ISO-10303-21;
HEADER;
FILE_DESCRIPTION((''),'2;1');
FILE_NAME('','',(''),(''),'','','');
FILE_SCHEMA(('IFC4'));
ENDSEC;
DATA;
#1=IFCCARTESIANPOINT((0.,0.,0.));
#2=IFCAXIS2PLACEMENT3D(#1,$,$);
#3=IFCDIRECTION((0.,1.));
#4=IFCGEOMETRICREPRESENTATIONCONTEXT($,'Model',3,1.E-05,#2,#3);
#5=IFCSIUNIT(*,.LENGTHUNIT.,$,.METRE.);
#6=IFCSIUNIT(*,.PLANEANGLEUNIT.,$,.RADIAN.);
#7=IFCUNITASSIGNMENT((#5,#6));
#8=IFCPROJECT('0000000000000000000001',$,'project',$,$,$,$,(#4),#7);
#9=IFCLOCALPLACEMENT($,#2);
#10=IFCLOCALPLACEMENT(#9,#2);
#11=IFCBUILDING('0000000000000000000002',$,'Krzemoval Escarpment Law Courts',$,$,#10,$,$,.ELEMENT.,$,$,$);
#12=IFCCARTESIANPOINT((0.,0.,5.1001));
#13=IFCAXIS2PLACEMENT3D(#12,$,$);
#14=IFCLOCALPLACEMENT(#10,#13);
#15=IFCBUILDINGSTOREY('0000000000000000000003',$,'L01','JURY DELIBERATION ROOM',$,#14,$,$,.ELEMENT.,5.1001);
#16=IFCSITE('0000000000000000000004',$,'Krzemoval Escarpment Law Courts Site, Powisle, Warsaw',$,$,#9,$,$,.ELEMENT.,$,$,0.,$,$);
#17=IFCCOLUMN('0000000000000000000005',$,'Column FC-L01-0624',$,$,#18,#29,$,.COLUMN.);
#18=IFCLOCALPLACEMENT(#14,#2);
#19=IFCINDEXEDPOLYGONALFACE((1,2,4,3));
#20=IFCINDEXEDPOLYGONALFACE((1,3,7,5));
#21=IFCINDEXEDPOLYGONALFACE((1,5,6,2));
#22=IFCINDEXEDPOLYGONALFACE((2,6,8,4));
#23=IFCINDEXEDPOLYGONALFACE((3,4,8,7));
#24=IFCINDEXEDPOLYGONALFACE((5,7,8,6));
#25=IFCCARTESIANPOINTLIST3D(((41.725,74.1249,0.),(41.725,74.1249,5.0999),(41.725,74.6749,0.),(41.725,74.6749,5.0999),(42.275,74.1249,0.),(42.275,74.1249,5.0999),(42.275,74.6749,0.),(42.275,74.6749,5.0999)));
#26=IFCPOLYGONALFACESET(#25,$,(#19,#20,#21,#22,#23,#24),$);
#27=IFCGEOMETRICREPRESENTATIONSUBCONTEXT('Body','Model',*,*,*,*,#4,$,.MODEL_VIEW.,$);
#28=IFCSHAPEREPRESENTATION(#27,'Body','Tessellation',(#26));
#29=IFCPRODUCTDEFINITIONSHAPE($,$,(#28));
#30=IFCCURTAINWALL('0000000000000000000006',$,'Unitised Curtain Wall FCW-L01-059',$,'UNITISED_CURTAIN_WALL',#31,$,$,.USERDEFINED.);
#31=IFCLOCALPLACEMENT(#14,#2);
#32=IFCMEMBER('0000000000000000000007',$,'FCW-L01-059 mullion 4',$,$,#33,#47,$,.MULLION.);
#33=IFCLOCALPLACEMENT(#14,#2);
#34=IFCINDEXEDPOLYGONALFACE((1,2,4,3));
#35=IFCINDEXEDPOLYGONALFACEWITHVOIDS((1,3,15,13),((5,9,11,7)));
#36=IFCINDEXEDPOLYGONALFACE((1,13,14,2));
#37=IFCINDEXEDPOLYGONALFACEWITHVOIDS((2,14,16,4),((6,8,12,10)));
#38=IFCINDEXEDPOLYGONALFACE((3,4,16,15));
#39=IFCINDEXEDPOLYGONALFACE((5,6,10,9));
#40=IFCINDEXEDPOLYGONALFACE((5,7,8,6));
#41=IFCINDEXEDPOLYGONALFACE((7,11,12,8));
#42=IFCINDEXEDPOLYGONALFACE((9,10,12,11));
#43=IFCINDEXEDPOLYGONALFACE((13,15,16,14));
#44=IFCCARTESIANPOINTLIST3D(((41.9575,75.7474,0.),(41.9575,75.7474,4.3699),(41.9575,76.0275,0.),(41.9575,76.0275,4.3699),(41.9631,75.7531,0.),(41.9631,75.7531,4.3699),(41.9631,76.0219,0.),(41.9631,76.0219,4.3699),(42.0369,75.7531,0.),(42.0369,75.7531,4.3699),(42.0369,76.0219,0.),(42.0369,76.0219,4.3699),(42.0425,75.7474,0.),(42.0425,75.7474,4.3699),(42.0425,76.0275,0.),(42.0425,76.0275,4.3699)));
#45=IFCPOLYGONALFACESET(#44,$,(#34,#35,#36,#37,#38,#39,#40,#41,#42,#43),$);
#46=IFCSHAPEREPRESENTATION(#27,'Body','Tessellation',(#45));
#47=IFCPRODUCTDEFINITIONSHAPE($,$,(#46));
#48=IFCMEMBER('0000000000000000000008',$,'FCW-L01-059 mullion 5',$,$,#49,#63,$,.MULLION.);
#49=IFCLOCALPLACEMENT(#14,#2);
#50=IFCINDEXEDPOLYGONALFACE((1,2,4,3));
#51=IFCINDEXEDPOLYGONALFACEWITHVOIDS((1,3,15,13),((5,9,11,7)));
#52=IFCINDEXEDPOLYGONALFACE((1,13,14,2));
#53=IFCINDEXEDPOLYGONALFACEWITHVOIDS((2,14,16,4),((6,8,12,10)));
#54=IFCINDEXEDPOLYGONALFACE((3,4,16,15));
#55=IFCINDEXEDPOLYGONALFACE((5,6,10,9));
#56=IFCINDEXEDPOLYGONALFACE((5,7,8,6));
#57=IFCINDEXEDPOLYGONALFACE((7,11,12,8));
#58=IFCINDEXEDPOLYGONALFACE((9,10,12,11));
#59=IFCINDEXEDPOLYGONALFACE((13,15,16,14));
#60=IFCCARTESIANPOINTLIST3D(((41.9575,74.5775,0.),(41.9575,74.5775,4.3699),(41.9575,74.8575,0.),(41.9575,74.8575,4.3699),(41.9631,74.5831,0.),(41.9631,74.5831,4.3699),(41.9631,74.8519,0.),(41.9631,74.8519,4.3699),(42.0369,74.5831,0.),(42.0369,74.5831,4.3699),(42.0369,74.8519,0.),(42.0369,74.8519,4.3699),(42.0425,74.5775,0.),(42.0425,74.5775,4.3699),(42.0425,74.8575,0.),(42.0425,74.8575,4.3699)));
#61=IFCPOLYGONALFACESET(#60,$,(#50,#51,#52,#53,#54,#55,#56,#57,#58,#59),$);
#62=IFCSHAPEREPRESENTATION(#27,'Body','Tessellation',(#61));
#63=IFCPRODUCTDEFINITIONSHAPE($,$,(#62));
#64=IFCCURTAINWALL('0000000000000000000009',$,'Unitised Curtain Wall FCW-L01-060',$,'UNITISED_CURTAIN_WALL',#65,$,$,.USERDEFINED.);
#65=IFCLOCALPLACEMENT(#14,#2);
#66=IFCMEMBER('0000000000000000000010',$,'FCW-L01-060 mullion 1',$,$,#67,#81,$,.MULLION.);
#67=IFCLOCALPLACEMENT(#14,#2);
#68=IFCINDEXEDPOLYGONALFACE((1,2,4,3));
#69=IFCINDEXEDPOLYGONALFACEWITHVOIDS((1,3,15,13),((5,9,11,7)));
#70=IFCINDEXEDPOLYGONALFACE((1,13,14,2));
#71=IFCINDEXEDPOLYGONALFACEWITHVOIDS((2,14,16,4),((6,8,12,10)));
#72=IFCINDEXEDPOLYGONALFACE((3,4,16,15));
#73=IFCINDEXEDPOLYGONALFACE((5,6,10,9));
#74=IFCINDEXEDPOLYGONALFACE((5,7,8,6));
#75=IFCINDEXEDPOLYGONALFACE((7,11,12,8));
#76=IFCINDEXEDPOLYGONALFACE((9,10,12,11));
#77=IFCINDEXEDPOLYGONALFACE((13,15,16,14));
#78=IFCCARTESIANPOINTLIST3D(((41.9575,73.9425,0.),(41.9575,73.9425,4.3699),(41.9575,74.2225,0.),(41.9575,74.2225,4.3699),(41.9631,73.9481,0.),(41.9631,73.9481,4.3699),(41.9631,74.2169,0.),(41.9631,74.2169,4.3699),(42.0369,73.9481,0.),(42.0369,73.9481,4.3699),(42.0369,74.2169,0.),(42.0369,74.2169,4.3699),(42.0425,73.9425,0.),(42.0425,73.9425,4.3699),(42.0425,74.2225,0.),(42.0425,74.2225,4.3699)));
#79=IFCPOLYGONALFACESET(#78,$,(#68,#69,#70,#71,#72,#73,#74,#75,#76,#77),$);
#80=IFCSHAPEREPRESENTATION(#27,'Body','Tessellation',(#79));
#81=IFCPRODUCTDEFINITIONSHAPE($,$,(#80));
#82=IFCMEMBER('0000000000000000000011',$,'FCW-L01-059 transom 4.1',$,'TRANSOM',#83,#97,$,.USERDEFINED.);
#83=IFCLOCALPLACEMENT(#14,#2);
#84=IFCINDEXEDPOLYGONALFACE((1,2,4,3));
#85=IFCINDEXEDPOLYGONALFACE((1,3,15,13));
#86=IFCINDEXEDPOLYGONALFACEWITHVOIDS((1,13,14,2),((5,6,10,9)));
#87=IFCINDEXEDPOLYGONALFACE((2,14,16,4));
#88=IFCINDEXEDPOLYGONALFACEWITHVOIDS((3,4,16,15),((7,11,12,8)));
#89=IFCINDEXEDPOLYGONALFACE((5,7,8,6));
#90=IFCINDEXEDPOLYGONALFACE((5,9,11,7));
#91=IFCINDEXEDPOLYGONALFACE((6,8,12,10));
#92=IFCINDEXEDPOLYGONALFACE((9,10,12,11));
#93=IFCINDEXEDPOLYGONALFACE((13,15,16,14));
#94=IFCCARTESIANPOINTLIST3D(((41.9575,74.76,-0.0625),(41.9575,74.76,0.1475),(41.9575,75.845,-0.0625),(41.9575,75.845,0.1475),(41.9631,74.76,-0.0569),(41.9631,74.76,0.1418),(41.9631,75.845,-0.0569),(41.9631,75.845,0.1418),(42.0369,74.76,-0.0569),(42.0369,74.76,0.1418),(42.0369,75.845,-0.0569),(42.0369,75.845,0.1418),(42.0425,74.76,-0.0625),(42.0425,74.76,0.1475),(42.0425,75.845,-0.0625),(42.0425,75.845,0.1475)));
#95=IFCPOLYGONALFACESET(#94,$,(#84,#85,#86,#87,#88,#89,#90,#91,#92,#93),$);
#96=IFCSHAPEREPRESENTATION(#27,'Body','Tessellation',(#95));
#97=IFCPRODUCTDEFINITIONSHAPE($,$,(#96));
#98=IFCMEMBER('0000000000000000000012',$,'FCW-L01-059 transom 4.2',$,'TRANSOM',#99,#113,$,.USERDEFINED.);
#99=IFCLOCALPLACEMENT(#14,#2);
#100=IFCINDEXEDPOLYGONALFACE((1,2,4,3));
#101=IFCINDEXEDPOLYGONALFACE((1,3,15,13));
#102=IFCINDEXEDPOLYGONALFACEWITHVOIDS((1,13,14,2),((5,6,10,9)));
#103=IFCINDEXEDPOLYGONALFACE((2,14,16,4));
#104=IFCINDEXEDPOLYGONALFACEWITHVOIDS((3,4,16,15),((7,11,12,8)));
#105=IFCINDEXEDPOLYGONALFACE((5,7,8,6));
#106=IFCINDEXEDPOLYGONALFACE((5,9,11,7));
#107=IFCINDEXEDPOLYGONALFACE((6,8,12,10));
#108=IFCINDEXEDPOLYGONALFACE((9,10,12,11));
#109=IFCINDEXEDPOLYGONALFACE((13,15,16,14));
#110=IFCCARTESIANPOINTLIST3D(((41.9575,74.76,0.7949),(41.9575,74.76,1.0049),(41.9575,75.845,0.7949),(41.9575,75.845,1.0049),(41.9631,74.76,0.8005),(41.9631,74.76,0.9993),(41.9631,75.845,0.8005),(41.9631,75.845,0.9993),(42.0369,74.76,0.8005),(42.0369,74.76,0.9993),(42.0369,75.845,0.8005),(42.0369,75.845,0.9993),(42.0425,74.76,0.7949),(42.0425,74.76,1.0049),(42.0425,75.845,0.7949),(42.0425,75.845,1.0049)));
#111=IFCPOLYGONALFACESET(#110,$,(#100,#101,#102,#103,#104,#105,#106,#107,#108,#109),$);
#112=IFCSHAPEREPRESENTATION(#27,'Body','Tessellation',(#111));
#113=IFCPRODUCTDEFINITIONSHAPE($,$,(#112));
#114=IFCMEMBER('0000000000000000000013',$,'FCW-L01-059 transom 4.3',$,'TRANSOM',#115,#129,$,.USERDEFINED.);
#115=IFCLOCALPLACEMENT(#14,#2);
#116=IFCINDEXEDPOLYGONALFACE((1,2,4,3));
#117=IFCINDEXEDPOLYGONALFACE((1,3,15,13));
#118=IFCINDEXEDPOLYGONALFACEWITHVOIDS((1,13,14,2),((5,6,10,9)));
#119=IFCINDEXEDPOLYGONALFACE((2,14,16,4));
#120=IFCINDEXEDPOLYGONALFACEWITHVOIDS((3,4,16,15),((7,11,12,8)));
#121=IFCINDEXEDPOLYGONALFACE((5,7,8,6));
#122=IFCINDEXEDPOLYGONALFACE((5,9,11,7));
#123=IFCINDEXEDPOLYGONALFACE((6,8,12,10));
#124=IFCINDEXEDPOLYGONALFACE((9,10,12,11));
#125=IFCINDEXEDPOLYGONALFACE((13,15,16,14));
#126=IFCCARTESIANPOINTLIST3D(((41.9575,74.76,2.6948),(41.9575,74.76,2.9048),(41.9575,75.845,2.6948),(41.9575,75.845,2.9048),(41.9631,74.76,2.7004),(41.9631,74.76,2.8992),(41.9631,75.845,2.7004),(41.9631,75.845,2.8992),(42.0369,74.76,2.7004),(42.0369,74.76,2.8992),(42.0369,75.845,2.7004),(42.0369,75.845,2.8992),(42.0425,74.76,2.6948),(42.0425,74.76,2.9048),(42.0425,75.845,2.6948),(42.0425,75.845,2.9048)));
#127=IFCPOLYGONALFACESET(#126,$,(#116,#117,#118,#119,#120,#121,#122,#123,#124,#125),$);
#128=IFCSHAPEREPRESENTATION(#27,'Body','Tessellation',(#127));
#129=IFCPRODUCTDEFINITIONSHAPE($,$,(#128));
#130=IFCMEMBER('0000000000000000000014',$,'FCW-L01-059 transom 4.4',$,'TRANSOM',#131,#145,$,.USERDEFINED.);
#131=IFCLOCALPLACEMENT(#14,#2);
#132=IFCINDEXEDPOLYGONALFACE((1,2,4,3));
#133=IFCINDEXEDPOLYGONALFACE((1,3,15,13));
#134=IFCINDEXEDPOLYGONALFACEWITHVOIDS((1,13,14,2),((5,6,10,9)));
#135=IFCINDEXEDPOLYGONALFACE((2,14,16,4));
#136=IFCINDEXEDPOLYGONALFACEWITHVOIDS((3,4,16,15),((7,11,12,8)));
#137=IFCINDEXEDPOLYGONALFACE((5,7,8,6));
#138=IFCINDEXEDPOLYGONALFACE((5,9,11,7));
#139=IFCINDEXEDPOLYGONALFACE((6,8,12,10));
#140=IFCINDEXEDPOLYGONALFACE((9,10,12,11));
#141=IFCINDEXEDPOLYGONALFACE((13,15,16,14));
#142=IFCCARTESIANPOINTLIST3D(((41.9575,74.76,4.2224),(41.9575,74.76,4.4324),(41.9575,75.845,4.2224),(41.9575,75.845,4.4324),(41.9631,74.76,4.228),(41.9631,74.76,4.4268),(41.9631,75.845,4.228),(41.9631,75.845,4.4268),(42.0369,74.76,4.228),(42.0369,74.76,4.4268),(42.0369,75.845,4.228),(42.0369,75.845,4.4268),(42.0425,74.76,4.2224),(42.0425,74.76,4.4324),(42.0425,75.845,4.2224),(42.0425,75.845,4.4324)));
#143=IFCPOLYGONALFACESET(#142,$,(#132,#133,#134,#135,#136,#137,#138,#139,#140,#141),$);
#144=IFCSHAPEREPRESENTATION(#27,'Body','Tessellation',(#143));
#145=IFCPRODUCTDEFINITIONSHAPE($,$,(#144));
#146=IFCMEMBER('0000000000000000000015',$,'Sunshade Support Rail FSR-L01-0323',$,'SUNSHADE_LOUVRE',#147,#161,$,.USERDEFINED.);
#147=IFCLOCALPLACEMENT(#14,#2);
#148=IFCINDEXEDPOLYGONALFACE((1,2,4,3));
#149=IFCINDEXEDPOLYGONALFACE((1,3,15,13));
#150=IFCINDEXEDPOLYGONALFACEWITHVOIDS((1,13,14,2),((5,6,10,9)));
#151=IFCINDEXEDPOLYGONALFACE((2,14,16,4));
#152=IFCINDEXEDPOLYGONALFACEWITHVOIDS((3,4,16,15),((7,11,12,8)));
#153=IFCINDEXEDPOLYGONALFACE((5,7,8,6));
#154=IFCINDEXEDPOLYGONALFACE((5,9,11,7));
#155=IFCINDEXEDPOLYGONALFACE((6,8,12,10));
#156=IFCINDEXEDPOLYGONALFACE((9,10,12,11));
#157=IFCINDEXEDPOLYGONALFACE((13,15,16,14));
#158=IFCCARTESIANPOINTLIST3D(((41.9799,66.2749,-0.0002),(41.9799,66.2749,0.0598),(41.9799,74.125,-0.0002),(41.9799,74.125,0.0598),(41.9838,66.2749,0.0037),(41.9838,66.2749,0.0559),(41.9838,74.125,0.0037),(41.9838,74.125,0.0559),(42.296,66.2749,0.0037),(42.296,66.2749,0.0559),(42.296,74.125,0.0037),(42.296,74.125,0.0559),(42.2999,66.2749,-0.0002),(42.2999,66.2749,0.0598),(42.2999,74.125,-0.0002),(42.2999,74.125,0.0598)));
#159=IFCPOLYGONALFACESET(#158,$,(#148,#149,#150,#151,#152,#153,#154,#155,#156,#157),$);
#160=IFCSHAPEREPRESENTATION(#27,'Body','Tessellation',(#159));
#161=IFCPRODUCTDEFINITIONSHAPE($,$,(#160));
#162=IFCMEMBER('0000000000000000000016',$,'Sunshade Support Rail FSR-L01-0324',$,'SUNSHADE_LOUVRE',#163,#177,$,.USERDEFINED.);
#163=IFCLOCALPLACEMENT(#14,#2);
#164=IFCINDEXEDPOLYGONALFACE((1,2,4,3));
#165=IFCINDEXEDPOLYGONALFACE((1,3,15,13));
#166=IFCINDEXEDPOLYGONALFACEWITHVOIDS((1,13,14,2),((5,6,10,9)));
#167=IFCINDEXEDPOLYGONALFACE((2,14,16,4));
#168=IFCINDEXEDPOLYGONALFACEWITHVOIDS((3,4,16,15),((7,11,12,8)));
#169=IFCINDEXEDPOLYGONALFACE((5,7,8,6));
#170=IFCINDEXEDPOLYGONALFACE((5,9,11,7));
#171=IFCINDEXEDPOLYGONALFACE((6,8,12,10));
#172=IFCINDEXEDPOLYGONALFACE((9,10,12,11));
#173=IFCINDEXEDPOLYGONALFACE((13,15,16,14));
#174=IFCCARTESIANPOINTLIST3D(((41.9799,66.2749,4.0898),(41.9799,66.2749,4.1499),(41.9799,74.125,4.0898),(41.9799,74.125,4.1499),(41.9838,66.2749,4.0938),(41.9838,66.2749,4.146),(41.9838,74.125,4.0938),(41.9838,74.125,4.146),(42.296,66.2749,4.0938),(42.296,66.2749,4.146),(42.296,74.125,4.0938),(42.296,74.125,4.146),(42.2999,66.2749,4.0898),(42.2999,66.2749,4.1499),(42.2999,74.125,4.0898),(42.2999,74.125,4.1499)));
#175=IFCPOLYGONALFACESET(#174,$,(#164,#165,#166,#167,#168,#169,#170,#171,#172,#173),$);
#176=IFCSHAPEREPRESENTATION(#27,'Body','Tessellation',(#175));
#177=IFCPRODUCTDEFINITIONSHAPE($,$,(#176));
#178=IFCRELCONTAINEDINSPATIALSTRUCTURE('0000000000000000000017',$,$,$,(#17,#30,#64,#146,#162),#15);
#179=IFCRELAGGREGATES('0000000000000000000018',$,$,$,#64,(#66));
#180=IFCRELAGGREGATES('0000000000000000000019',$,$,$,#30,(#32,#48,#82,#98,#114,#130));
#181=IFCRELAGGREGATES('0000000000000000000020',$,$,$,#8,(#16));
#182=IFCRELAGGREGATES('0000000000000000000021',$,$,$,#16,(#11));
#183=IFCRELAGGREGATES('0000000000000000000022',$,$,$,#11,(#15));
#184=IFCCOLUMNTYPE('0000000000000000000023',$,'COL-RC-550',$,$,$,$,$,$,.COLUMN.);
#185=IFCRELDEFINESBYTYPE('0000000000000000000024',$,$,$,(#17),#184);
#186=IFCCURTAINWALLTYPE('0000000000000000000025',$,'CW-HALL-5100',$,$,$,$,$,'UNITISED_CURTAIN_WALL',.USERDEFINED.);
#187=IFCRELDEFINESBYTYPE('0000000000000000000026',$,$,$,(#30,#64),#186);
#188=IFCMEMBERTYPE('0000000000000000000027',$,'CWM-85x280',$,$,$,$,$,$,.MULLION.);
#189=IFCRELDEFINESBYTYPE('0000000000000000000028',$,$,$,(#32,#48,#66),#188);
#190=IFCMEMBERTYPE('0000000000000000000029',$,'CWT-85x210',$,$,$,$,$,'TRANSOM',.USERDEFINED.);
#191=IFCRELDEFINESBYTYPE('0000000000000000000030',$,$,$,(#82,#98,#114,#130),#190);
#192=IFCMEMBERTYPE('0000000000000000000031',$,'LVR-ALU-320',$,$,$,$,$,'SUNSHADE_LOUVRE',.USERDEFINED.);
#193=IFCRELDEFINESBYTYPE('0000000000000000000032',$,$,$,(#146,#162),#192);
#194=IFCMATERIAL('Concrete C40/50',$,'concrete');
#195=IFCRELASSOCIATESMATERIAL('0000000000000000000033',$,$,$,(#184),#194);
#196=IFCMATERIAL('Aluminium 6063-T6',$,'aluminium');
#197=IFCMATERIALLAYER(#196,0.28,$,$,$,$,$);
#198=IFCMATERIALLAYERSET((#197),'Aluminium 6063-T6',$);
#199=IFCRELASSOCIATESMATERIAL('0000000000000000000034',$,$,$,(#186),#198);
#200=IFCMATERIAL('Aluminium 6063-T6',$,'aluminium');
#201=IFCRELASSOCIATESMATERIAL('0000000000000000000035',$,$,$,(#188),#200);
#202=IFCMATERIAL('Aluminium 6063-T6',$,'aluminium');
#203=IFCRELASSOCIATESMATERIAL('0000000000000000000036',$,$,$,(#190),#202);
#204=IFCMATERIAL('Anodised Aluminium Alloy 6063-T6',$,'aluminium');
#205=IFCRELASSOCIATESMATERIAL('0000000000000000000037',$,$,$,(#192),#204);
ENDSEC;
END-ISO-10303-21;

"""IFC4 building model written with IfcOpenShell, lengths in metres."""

from ifc_helpers import new_model, si_unit, direction, frame, origin, origin_2d, place, context, subcontext, project, spatial, rectangle, hollow_rectangle, extrude, material, layer, layer_set, material_profile, profile_set, type_object, element, aggregate, save


model = new_model("IFC4")

# Units and contexts
model_context = context("Model", 3, precision=1e-05, world=origin(), true_north=direction((0.0, 1.0)))
body_context = subcontext(model_context, "Body", "Model", "MODEL_VIEW")
ifc_project = project(units=[si_unit("LENGTHUNIT", "METRE"), si_unit("PLANEANGLEUNIT", "RADIAN")], contexts=[model_context])

# Site, building, storey
site_placement = place(None, origin())
site = spatial("IfcSite", under=ifc_project, at=site_placement, Name="Krzemoval Escarpment Law Courts Site, Powisle, Warsaw", CompositionType="ELEMENT", RefElevation=0.0)
building_placement = place(site_placement, origin())
building = spatial("IfcBuilding", under=site, at=building_placement, Name="Krzemoval Escarpment Law Courts", CompositionType="ELEMENT")
storey_placement = place(building_placement, frame((0.0, 0.0, 5.1001)))
storey = spatial("IfcBuildingStorey", under=building, at=storey_placement, Name="L01", Description="JURY DELIBERATION ROOM", CompositionType="ELEMENT", Elevation=5.1001)

# Column
ifc_material_1 = material(Name="Concrete C40/50", Category="concrete")
ifc_material_profile_1 = material_profile(ifc_material_1, rectangle(XDim=0.55, YDim=0.55, at=origin_2d()), Name="RC 550x550")
ifc_profile_set_1 = profile_set([ifc_material_profile_1], Name="Concrete C40/50")
column_type = type_object("IfcColumnType", Name="COL-RC-550", PredefinedType="COLUMN", material=ifc_profile_set_1)
column_placement = place(storey_placement, frame((42.0, 74.3999, 0.0), z_axis=(0.0, 0.0, 1.0), x_axis=(1.0, 0.0, 0.0)))
element("IfcColumn", 1, at=column_placement, inside=storey, type_object=column_type, Name="Column FC-L01-0624", PredefinedType="COLUMN", context=body_context, shape_type="SweptSolid", body=[
    extrude(rectangle(XDim=0.55, YDim=0.55, at=origin_2d()), origin(), (0.0, 0.0, 1.0), 5.0999),
])

# Curtain wall, members
ifc_material_2 = material(Name="Aluminium 6063-T6", Category="aluminium")
ifc_layer_1 = layer(ifc_material_2, 0.28)
ifc_layer_set_1 = layer_set([ifc_layer_1], Name="Aluminium 6063-T6")
curtain_wall_type = type_object("IfcCurtainWallType", Name="CW-HALL-5100", ElementType="UNITISED_CURTAIN_WALL", PredefinedType="USERDEFINED", material=ifc_layer_set_1)
curtain_wall_1_placement = place(storey_placement, origin())
curtain_wall_1 = element("IfcCurtainWall", 2, at=curtain_wall_1_placement, inside=storey, type_object=curtain_wall_type, Name="Unitised Curtain Wall FCW-L01-059", ObjectType="UNITISED_CURTAIN_WALL", PredefinedType="USERDEFINED")
ifc_material_3 = material(Name="Aluminium 6063-T6", Category="aluminium")
ifc_material_profile_2 = material_profile(ifc_material_3, hollow_rectangle(XDim=0.085, YDim=0.28, WallThickness=0.0056, at=origin_2d()), Name="ALU M85x280")
ifc_profile_set_2 = profile_set([ifc_material_profile_2], Name="Aluminium 6063-T6")
member_type_1 = type_object("IfcMemberType", Name="CWM-85x280", PredefinedType="MULLION", material=ifc_profile_set_2)
member_1_placement = place(storey_placement, frame((42.0, 75.8875, 0.0), z_axis=(0.0, 0.0, 1.0), x_axis=(1.0, 0.0, 0.0)))
member_1 = element("IfcMember", 3, at=member_1_placement, type_object=member_type_1, Name="FCW-L01-059 mullion 4", PredefinedType="MULLION", context=body_context, shape_type="SweptSolid", body=[
    extrude(hollow_rectangle(XDim=0.085, YDim=0.28, WallThickness=0.0056, at=origin_2d()), origin(), (0.0, 0.0, 1.0), 4.3699),
])
member_2_placement = place(storey_placement, frame((42.0, 74.7175, 0.0), z_axis=(0.0, 0.0, 1.0), x_axis=(1.0, 0.0, 0.0)))
member_2 = element("IfcMember", 4, at=member_2_placement, type_object=member_type_1, Name="FCW-L01-059 mullion 5", PredefinedType="MULLION", context=body_context, shape_type="SweptSolid", body=[
    extrude(hollow_rectangle(XDim=0.085, YDim=0.28, WallThickness=0.0056, at=origin_2d()), origin(), (0.0, 0.0, 1.0), 4.3699),
])

# Curtain wall, member
curtain_wall_2_placement = place(storey_placement, origin())
curtain_wall_2 = element("IfcCurtainWall", 5, at=curtain_wall_2_placement, inside=storey, type_object=curtain_wall_type, Name="Unitised Curtain Wall FCW-L01-060", ObjectType="UNITISED_CURTAIN_WALL", PredefinedType="USERDEFINED")
member_3_placement = place(storey_placement, frame((42.0, 74.0825, 0.0), z_axis=(0.0, 0.0, 1.0), x_axis=(1.0, 0.0, 0.0)))
member_3 = element("IfcMember", 6, at=member_3_placement, type_object=member_type_1, Name="FCW-L01-060 mullion 1", PredefinedType="MULLION", context=body_context, shape_type="SweptSolid", body=[
    extrude(hollow_rectangle(XDim=0.085, YDim=0.28, WallThickness=0.0056, at=origin_2d()), origin(), (0.0, 0.0, 1.0), 4.3699),
])
aggregate(curtain_wall_2, [member_3])

# Members
ifc_material_4 = material(Name="Aluminium 6063-T6", Category="aluminium")
ifc_material_profile_3 = material_profile(ifc_material_4, hollow_rectangle(XDim=0.085, YDim=0.21, WallThickness=0.0056, at=origin_2d()), Name="ALU T85x210")
ifc_profile_set_3 = profile_set([ifc_material_profile_3], Name="Aluminium 6063-T6")
member_type_2 = type_object("IfcMemberType", Name="CWT-85x210", ElementType="TRANSOM", PredefinedType="USERDEFINED", material=ifc_profile_set_3)
member_4_placement = place(storey_placement, frame((42.0, 75.845, 0.0425), z_axis=(0.0, -1.0, 0.0), x_axis=(1.0, 0.0, 0.0)))
member_4 = element("IfcMember", 7, at=member_4_placement, type_object=member_type_2, Name="FCW-L01-059 transom 4.1", ObjectType="TRANSOM", PredefinedType="USERDEFINED", context=body_context, shape_type="SweptSolid", body=[
    extrude(hollow_rectangle(XDim=0.085, YDim=0.21, WallThickness=0.0056, at=origin_2d()), origin(), (0.0, 0.0, 1.0), 1.085),
])
member_5_placement = place(storey_placement, frame((42.0, 75.845, 0.8999), z_axis=(0.0, -1.0, 0.0), x_axis=(1.0, 0.0, 0.0)))
member_5 = element("IfcMember", 8, at=member_5_placement, type_object=member_type_2, Name="FCW-L01-059 transom 4.2", ObjectType="TRANSOM", PredefinedType="USERDEFINED", context=body_context, shape_type="SweptSolid", body=[
    extrude(hollow_rectangle(XDim=0.085, YDim=0.21, WallThickness=0.0056, at=origin_2d()), origin(), (0.0, 0.0, 1.0), 1.085),
])
member_6_placement = place(storey_placement, frame((42.0, 75.845, 2.7998), z_axis=(0.0, -1.0, 0.0), x_axis=(1.0, 0.0, 0.0)))
member_6 = element("IfcMember", 9, at=member_6_placement, type_object=member_type_2, Name="FCW-L01-059 transom 4.3", ObjectType="TRANSOM", PredefinedType="USERDEFINED", context=body_context, shape_type="SweptSolid", body=[
    extrude(hollow_rectangle(XDim=0.085, YDim=0.21, WallThickness=0.0056, at=origin_2d()), origin(), (0.0, 0.0, 1.0), 1.085),
])
member_7_placement = place(storey_placement, frame((42.0, 75.845, 4.3274), z_axis=(0.0, -1.0, 0.0), x_axis=(1.0, 0.0, 0.0)))
member_7 = element("IfcMember", 10, at=member_7_placement, type_object=member_type_2, Name="FCW-L01-059 transom 4.4", ObjectType="TRANSOM", PredefinedType="USERDEFINED", context=body_context, shape_type="SweptSolid", body=[
    extrude(hollow_rectangle(XDim=0.085, YDim=0.21, WallThickness=0.0056, at=origin_2d()), origin(), (0.0, 0.0, 1.0), 1.085),
])

# Members
ifc_material_5 = material(Name="Anodised Aluminium Alloy 6063-T6", Category="aluminium")
ifc_material_profile_4 = material_profile(ifc_material_5, hollow_rectangle(XDim=0.0601, YDim=0.3201, WallThickness=0.0039, at=origin_2d()), Name="ALU LVR 60x320")
ifc_profile_set_4 = profile_set([ifc_material_profile_4], Name="Anodised Aluminium Alloy 6063-T6")
member_type_3 = type_object("IfcMemberType", Name="LVR-ALU-320", ElementType="SUNSHADE_LOUVRE", PredefinedType="USERDEFINED", material=ifc_profile_set_4)
for number, where, z_axis, x_axis, name in (
    (11, (42.1399, 74.125, 0.0298), (0.0, -1.0, 0.0), (0.0, 0.0, 1.0), "Sunshade Support Rail FSR-L01-0323"),
    (12, (42.1399, 74.125, 4.1199), (0.0, -1.0, 0.0), (0.0, 0.0, 1.0), "Sunshade Support Rail FSR-L01-0324"),
):
    element("IfcMember", number, at=place(storey_placement, frame(where, z_axis=z_axis, x_axis=x_axis)), inside=storey, type_object=member_type_3, Name=name, ObjectType="SUNSHADE_LOUVRE", PredefinedType="USERDEFINED", context=body_context, shape_type="SweptSolid", body=[
        extrude(hollow_rectangle(XDim=0.0601, YDim=0.3201, WallThickness=0.0039, at=origin_2d()), origin(), (0.0, 0.0, 1.0), 7.8501),
    ])

aggregate(curtain_wall_1, [member_1, member_2, member_4, member_5, member_6, member_7])

save(model, "model.ifc")
